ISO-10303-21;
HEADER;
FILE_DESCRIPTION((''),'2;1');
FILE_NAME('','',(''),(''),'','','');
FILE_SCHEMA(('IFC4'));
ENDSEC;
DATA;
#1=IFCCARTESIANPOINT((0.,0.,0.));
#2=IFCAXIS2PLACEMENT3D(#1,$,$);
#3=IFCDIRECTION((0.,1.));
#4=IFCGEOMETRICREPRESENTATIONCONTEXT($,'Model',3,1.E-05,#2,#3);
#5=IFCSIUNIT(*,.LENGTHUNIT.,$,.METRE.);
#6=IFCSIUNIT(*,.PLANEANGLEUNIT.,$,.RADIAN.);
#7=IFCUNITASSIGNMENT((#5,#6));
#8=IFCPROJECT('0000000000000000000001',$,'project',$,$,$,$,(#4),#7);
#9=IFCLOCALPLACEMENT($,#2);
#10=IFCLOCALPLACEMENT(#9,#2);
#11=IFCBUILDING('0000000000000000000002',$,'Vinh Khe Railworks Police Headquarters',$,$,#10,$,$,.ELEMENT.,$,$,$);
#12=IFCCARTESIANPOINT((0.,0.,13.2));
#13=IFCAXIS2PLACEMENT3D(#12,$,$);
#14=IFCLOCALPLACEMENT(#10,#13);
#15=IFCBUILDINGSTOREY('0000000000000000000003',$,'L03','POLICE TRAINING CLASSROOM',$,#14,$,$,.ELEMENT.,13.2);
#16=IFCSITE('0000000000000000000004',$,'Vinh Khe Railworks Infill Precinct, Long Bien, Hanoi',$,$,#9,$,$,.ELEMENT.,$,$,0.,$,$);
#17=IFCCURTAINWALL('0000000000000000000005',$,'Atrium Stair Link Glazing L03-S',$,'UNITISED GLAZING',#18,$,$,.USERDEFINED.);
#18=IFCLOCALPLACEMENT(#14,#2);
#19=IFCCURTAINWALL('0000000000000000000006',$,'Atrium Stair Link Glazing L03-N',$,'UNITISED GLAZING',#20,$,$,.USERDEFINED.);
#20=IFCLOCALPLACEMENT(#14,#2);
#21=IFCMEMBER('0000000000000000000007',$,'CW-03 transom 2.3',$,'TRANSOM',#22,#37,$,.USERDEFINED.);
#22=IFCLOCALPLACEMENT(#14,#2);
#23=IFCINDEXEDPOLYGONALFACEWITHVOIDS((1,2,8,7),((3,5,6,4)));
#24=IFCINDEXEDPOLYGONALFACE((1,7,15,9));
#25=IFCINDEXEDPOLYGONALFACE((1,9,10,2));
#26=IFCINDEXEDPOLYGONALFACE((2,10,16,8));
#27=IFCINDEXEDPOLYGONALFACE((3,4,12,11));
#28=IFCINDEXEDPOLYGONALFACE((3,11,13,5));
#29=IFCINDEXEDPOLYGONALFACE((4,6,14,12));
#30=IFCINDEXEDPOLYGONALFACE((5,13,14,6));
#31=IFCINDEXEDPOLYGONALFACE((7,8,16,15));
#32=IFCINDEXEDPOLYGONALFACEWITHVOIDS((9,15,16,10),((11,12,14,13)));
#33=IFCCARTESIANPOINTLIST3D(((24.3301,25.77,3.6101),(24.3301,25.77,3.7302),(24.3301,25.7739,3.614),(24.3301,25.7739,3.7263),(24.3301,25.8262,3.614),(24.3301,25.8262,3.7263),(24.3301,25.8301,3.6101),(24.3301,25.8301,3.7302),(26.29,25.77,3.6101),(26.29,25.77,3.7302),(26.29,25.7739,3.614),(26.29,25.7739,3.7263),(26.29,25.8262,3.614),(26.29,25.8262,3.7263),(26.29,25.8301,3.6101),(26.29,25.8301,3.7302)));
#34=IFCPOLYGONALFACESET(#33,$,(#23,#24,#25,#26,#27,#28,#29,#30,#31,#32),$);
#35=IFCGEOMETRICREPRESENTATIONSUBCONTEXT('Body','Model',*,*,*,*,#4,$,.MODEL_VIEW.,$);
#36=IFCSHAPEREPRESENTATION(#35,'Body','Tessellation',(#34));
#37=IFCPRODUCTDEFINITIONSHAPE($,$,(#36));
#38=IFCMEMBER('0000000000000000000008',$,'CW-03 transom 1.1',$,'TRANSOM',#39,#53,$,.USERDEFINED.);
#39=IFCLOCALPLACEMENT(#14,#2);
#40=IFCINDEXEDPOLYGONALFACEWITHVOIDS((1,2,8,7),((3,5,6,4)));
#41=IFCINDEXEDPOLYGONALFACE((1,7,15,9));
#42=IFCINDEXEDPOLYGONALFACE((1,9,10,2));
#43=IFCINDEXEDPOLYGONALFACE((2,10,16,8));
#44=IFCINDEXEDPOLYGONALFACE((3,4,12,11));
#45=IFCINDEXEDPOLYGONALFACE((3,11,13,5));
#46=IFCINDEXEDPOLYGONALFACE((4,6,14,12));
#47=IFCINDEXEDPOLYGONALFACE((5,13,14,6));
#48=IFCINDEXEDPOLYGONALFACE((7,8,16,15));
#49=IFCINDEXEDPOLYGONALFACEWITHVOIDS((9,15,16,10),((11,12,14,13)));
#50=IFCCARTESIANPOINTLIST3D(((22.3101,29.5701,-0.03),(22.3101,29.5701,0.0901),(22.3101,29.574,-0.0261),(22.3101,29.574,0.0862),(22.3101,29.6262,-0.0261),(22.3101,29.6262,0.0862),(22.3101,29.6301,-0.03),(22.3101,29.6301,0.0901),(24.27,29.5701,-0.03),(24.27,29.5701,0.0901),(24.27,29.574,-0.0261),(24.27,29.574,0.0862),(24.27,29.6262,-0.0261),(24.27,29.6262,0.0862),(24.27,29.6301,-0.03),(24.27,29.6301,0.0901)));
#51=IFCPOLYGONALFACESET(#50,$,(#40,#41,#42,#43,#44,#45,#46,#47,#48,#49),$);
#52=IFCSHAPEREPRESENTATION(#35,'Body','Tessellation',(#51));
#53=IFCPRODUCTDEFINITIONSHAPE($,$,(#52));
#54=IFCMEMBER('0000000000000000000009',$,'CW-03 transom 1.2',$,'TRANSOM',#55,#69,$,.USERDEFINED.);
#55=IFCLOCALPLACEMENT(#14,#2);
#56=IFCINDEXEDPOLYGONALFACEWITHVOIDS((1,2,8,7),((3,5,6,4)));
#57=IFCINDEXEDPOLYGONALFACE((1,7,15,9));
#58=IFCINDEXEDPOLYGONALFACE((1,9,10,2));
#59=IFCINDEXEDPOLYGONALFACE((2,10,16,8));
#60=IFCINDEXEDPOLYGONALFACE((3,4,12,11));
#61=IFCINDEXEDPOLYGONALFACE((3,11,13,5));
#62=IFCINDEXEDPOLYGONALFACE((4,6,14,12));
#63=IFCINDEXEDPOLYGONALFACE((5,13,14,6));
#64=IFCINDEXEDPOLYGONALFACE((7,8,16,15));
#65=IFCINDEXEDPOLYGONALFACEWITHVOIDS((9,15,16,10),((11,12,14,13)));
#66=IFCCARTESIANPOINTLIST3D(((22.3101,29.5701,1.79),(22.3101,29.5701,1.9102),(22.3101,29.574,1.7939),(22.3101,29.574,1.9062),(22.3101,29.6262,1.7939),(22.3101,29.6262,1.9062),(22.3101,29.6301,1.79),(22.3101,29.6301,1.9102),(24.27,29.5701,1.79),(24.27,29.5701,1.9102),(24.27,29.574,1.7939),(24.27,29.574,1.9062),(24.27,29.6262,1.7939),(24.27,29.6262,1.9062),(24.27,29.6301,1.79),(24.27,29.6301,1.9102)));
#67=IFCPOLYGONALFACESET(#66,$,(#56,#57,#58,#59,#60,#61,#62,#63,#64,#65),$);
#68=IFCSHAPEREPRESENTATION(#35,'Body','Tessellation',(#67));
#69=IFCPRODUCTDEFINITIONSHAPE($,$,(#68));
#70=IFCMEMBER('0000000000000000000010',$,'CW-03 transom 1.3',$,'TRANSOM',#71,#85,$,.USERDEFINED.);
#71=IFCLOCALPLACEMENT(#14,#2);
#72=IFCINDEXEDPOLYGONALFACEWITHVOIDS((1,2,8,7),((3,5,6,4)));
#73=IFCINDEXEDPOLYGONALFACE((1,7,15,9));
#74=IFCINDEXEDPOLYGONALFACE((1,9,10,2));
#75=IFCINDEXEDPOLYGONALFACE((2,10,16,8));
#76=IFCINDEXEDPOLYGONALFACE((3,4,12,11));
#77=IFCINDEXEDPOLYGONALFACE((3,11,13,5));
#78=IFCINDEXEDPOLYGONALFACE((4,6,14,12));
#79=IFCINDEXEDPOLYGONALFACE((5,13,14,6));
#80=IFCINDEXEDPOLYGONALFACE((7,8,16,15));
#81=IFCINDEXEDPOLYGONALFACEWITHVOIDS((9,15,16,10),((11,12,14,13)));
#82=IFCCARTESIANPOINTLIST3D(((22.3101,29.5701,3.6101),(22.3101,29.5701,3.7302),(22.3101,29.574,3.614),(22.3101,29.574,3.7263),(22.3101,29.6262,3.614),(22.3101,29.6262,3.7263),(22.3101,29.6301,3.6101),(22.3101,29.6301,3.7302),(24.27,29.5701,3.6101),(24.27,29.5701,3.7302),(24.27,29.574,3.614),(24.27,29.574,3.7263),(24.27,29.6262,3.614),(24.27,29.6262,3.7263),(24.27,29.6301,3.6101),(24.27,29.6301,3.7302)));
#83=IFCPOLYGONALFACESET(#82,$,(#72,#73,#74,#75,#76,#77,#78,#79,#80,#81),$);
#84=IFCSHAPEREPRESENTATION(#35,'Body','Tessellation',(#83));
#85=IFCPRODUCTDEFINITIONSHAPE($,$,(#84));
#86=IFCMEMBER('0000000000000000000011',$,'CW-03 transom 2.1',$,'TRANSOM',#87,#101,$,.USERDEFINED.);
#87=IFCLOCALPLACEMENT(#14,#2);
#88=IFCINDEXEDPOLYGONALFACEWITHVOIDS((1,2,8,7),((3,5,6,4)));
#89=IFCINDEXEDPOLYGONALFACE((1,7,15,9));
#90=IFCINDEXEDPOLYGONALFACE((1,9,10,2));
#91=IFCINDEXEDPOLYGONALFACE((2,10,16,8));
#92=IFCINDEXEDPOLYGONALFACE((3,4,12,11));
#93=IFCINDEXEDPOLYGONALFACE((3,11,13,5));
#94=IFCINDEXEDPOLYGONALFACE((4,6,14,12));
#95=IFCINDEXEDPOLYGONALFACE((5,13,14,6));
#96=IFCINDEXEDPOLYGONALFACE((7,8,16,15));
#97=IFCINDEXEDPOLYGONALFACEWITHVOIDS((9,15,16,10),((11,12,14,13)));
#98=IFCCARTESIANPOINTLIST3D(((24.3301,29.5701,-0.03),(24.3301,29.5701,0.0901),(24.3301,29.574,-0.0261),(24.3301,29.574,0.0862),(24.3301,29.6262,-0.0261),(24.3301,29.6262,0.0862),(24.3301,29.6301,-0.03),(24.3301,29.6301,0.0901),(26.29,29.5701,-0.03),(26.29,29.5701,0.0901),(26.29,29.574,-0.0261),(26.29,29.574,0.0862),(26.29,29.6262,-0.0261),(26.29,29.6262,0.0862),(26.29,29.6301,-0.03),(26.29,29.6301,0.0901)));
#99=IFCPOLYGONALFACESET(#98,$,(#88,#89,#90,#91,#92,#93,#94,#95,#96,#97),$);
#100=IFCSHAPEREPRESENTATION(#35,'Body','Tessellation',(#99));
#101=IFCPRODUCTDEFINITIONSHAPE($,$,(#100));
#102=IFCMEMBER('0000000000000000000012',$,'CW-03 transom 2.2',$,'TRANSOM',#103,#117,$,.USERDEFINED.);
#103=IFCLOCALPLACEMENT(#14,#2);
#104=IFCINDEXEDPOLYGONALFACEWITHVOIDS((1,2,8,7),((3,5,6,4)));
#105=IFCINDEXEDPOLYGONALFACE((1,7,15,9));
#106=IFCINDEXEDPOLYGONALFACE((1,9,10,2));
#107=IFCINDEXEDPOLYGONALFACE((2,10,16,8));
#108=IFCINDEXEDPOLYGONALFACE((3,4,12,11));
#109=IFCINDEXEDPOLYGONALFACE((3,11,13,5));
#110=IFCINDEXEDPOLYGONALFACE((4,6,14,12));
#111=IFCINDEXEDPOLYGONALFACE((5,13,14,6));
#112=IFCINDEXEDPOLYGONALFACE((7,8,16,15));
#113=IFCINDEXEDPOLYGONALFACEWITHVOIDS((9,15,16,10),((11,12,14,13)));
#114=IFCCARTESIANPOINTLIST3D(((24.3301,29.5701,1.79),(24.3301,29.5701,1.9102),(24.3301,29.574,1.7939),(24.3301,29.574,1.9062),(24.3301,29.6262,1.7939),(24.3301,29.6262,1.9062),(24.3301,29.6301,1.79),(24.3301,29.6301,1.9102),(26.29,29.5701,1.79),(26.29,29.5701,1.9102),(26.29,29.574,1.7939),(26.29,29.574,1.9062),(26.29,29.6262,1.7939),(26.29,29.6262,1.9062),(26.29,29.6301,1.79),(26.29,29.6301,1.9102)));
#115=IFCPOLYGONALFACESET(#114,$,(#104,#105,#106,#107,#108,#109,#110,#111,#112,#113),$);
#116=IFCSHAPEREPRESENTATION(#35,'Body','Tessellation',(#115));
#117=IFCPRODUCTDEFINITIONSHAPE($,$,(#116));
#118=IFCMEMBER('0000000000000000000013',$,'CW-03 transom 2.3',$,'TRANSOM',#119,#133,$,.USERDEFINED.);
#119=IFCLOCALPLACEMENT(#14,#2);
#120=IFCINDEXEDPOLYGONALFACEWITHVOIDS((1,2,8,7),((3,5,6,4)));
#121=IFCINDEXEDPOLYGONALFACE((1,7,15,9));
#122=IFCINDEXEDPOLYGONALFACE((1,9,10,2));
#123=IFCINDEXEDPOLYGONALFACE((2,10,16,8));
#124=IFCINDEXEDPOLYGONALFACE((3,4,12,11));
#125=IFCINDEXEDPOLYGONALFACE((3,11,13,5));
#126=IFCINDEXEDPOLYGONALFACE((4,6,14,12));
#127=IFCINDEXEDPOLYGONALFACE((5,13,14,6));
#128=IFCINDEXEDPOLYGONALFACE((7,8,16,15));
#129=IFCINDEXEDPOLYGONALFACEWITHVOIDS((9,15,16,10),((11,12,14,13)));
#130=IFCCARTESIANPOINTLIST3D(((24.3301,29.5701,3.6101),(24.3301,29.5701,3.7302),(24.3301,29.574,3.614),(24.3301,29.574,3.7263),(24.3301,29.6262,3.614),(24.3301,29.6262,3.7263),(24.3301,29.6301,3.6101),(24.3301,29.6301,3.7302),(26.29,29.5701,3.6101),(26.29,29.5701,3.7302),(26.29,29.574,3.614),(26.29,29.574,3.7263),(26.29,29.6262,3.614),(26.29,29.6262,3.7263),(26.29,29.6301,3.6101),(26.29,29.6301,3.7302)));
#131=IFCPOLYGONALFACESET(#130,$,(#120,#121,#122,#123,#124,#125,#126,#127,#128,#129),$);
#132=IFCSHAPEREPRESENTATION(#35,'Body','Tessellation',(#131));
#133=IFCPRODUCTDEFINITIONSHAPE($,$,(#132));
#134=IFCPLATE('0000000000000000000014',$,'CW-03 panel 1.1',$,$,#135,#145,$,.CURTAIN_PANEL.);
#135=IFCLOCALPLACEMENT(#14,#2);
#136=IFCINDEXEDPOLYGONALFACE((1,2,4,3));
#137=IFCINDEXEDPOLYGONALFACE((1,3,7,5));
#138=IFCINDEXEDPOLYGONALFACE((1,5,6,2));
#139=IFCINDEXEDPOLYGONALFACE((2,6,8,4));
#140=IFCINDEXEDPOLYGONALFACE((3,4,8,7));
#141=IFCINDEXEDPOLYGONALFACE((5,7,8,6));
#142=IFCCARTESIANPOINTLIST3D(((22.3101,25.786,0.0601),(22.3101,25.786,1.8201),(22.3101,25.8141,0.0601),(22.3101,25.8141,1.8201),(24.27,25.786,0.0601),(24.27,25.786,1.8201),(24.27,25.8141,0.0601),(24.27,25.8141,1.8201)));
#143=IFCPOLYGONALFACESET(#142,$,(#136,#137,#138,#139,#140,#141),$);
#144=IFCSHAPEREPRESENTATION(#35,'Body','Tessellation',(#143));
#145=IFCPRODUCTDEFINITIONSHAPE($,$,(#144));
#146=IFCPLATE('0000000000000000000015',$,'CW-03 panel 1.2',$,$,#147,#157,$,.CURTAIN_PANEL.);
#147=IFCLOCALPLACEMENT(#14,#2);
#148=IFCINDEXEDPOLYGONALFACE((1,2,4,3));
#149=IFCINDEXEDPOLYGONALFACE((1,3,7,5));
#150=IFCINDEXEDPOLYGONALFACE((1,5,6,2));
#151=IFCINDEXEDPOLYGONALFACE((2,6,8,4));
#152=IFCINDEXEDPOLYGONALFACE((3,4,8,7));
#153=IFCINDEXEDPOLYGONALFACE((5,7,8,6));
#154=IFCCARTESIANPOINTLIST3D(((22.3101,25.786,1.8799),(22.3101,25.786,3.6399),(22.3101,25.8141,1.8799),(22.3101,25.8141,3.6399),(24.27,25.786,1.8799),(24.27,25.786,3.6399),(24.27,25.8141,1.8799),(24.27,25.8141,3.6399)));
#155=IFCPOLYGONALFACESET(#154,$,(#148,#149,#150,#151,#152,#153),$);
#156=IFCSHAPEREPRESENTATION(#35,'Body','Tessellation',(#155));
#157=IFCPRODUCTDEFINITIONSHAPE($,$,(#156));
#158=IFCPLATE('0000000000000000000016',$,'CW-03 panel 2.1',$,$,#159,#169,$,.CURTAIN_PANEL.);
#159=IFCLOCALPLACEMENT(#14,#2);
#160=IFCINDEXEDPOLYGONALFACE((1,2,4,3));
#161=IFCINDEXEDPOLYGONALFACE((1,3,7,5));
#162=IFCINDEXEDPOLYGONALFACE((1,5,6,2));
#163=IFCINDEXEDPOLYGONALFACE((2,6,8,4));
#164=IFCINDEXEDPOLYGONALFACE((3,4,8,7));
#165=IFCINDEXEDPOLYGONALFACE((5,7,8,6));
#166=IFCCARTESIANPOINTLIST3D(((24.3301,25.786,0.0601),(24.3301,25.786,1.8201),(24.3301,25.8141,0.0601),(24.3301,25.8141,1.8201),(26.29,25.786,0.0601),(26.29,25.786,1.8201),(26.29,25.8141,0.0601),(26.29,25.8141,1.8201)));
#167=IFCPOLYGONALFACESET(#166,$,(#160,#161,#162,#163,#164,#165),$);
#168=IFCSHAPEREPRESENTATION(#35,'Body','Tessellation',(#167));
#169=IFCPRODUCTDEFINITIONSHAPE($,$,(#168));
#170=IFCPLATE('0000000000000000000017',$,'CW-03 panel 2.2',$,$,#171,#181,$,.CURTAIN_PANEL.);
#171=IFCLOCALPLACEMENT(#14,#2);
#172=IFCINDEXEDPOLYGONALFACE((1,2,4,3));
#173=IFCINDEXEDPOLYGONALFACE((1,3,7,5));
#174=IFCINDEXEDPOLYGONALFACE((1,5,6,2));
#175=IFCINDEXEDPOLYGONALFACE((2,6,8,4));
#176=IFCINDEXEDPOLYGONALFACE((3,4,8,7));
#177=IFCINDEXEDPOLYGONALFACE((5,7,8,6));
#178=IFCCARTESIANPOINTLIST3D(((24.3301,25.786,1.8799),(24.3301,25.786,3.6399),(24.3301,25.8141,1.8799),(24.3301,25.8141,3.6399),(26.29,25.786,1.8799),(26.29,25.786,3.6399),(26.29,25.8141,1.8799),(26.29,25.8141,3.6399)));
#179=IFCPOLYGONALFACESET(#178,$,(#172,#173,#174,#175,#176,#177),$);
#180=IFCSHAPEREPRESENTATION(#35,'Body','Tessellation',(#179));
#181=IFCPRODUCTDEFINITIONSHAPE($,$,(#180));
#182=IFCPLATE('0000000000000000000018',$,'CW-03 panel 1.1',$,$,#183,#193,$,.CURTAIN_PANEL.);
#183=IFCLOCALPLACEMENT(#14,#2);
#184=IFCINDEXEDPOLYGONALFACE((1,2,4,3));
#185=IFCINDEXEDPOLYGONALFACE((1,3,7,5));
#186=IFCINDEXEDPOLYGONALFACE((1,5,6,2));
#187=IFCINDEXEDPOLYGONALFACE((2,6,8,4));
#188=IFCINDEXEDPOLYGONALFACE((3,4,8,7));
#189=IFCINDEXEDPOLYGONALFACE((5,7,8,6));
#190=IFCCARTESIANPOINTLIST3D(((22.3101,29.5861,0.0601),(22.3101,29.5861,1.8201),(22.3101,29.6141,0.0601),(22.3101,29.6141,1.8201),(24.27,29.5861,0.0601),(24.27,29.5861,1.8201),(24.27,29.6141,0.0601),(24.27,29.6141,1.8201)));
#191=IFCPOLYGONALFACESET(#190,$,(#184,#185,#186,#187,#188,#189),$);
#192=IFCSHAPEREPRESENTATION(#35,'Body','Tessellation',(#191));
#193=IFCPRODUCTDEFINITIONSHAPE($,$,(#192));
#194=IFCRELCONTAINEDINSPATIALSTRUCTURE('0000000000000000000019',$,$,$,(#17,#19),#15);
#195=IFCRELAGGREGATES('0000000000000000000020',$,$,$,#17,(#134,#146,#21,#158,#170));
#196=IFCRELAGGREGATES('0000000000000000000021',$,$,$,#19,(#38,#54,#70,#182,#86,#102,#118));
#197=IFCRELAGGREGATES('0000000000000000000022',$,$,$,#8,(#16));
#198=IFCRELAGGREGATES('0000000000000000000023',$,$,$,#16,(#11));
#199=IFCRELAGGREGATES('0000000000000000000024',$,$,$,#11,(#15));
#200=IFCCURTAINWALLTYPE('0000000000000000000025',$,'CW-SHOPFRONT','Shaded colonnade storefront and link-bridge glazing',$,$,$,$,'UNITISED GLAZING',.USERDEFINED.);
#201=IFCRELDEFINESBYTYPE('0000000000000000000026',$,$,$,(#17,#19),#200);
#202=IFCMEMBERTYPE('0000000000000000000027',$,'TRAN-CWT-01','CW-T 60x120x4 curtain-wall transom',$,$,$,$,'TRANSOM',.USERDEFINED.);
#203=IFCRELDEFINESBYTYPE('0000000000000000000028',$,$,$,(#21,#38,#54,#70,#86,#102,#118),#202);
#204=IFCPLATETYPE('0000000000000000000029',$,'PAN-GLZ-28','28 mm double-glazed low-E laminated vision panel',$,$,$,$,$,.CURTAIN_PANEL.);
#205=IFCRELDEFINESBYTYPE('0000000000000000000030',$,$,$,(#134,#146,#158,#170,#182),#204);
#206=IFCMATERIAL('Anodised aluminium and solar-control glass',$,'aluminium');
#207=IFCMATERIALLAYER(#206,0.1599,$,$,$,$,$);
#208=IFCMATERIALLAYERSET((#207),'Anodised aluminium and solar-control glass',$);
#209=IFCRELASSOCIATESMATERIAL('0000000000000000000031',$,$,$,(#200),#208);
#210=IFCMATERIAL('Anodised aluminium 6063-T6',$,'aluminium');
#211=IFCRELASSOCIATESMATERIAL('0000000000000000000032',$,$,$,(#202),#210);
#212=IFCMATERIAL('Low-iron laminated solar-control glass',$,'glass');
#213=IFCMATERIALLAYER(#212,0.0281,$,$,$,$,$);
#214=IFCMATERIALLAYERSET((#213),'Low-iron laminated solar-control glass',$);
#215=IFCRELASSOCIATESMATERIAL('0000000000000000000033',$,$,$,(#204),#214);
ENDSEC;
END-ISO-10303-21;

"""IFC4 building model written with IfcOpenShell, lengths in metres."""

from ifc_helpers import new_model, si_unit, direction, frame, origin, origin_2d, place, context, subcontext, project, spatial, rectangle, hollow_rectangle, extrude, material, layer, layer_set, material_profile, profile_set, type_object, element, aggregate, save


model = new_model("IFC4")

# Units and contexts
model_context = context("Model", 3, precision=1e-05, world=origin(), true_north=direction((0.0, 1.0)))
body_context = subcontext(model_context, "Body", "Model", "MODEL_VIEW")
ifc_project = project(units=[si_unit("LENGTHUNIT", "METRE"), si_unit("PLANEANGLEUNIT", "RADIAN")], contexts=[model_context])

# Site, building, storey
site_placement = place(None, origin())
site = spatial("IfcSite", under=ifc_project, at=site_placement, Name="Vinh Khe Railworks Infill Precinct, Long Bien, Hanoi", CompositionType="ELEMENT", RefElevation=0.0)
building_placement = place(site_placement, origin())
building = spatial("IfcBuilding", under=site, at=building_placement, Name="Vinh Khe Railworks Police Headquarters", CompositionType="ELEMENT")
storey_placement = place(building_placement, frame((0.0, 0.0, 13.2)))
storey = spatial("IfcBuildingStorey", under=building, at=storey_placement, Name="L03", Description="POLICE TRAINING CLASSROOM", CompositionType="ELEMENT", Elevation=13.2)

# Curtain walls
ifc_material_1 = material(Name="Anodised aluminium and solar-control glass", Category="aluminium")
ifc_layer_1 = layer(ifc_material_1, 0.1599)
ifc_layer_set_1 = layer_set([ifc_layer_1], Name="Anodised aluminium and solar-control glass")
curtain_wall_type = type_object("IfcCurtainWallType", Name="CW-SHOPFRONT", Description="Shaded colonnade storefront and link-bridge glazing", ElementType="UNITISED GLAZING", PredefinedType="USERDEFINED", material=ifc_layer_set_1)
curtain_wall_1_placement = place(storey_placement, origin())
curtain_wall_1 = element("IfcCurtainWall", 1, at=curtain_wall_1_placement, inside=storey, type_object=curtain_wall_type, Name="Atrium Stair Link Glazing L03-S", ObjectType="UNITISED GLAZING", PredefinedType="USERDEFINED")
ifc_material_2 = material(Name="Anodised aluminium 6063-T6", Category="aluminium")
curtain_wall_2_placement = place(storey_placement, origin())
curtain_wall_2 = element("IfcCurtainWall", 2, at=curtain_wall_2_placement, inside=storey, type_object=curtain_wall_type, Name="Atrium Stair Link Glazing L03-N", ObjectType="UNITISED GLAZING", PredefinedType="USERDEFINED")

# Members
ifc_material_profile_1 = material_profile(ifc_material_2, hollow_rectangle(XDim=0.0601, YDim=0.1201, WallThickness=0.0039, at=origin_2d()), Name="CW-T 60x120x4")
ifc_profile_set_1 = profile_set([ifc_material_profile_1], Name="Anodised aluminium 6063-T6")
member_type_1 = type_object("IfcMemberType", Name="TRAN-CWT-01", Description="CW-T 60x120x4 curtain-wall transom", ElementType="TRANSOM", PredefinedType="USERDEFINED", material=ifc_profile_set_1)
member_1_placement = place(storey_placement, frame((24.3301, 25.8, 3.6702), z_axis=(1.0, 0.0, 0.0), x_axis=(0.0, 1.0, 0.0)))
member_1 = element("IfcMember", 3, at=member_1_placement, type_object=member_type_1, Name="CW-03 transom 2.3", ObjectType="TRANSOM", PredefinedType="USERDEFINED", context=body_context, shape_type="SweptSolid", body=[
    extrude(hollow_rectangle(XDim=0.0601, YDim=0.1201, WallThickness=0.0039, at=origin_2d()), origin(), (0.0, 0.0, 1.0), 1.96),
])
member_2_placement = place(storey_placement, frame((22.3101, 29.6001, 0.03), z_axis=(1.0, 0.0, 0.0), x_axis=(0.0, 1.0, 0.0)))
member_2 = element("IfcMember", 4, at=member_2_placement, type_object=member_type_1, Name="CW-03 transom 1.1", ObjectType="TRANSOM", PredefinedType="USERDEFINED", context=body_context, shape_type="SweptSolid", body=[
    extrude(hollow_rectangle(XDim=0.0601, YDim=0.1201, WallThickness=0.0039, at=origin_2d()), origin(), (0.0, 0.0, 1.0), 1.96),
])
member_3_placement = place(storey_placement, frame((22.3101, 29.6001, 1.8501), z_axis=(1.0, 0.0, 0.0), x_axis=(0.0, 1.0, 0.0)))
member_3 = element("IfcMember", 5, at=member_3_placement, type_object=member_type_1, Name="CW-03 transom 1.2", ObjectType="TRANSOM", PredefinedType="USERDEFINED", context=body_context, shape_type="SweptSolid", body=[
    extrude(hollow_rectangle(XDim=0.0601, YDim=0.1201, WallThickness=0.0039, at=origin_2d()), origin(), (0.0, 0.0, 1.0), 1.96),
])
member_4_placement = place(storey_placement, frame((22.3101, 29.6001, 3.6702), z_axis=(1.0, 0.0, 0.0), x_axis=(0.0, 1.0, 0.0)))
member_4 = element("IfcMember", 6, at=member_4_placement, type_object=member_type_1, Name="CW-03 transom 1.3", ObjectType="TRANSOM", PredefinedType="USERDEFINED", context=body_context, shape_type="SweptSolid", body=[
    extrude(hollow_rectangle(XDim=0.0601, YDim=0.1201, WallThickness=0.0039, at=origin_2d()), origin(), (0.0, 0.0, 1.0), 1.96),
])
member_5_placement = place(storey_placement, frame((24.3301, 29.6001, 0.03), z_axis=(1.0, 0.0, 0.0), x_axis=(0.0, 1.0, 0.0)))
member_5 = element("IfcMember", 7, at=member_5_placement, type_object=member_type_1, Name="CW-03 transom 2.1", ObjectType="TRANSOM", PredefinedType="USERDEFINED", context=body_context, shape_type="SweptSolid", body=[
    extrude(hollow_rectangle(XDim=0.0601, YDim=0.1201, WallThickness=0.0039, at=origin_2d()), origin(), (0.0, 0.0, 1.0), 1.96),
])
member_6_placement = place(storey_placement, frame((24.3301, 29.6001, 1.8501), z_axis=(1.0, 0.0, 0.0), x_axis=(0.0, 1.0, 0.0)))
member_6 = element("IfcMember", 8, at=member_6_placement, type_object=member_type_1, Name="CW-03 transom 2.2", ObjectType="TRANSOM", PredefinedType="USERDEFINED", context=body_context, shape_type="SweptSolid", body=[
    extrude(hollow_rectangle(XDim=0.0601, YDim=0.1201, WallThickness=0.0039, at=origin_2d()), origin(), (0.0, 0.0, 1.0), 1.96),
])
member_7_placement = place(storey_placement, frame((24.3301, 29.6001, 3.6702), z_axis=(1.0, 0.0, 0.0), x_axis=(0.0, 1.0, 0.0)))
member_7 = element("IfcMember", 9, at=member_7_placement, type_object=member_type_1, Name="CW-03 transom 2.3", ObjectType="TRANSOM", PredefinedType="USERDEFINED", context=body_context, shape_type="SweptSolid", body=[
    extrude(hollow_rectangle(XDim=0.0601, YDim=0.1201, WallThickness=0.0039, at=origin_2d()), origin(), (0.0, 0.0, 1.0), 1.96),
])

# Plates
ifc_material_3 = material(Name="Low-iron laminated solar-control glass", Category="glass")
ifc_layer_2 = layer(ifc_material_3, 0.0281)
ifc_layer_set_2 = layer_set([ifc_layer_2], Name="Low-iron laminated solar-control glass")
plate_type_1 = type_object("IfcPlateType", Name="PAN-GLZ-28", Description="28 mm double-glazed low-E laminated vision panel", PredefinedType="CURTAIN_PANEL", material=ifc_layer_set_2)
plate_1_placement = place(storey_placement, frame((23.29, 25.8, 0.0601), z_axis=(0.0, 0.0, 1.0), x_axis=(1.0, 0.0, 0.0)))
plate_1 = element("IfcPlate", 10, at=plate_1_placement, type_object=plate_type_1, Name="CW-03 panel 1.1", PredefinedType="CURTAIN_PANEL", context=body_context, shape_type="SweptSolid", body=[
    extrude(rectangle(XDim=1.96, YDim=0.0281, at=origin_2d()), origin(), (0.0, 0.0, 1.0), 1.76),
])
plate_2_placement = place(storey_placement, frame((23.29, 25.8, 1.8799), z_axis=(0.0, 0.0, 1.0), x_axis=(1.0, 0.0, 0.0)))
plate_2 = element("IfcPlate", 11, at=plate_2_placement, type_object=plate_type_1, Name="CW-03 panel 1.2", PredefinedType="CURTAIN_PANEL", context=body_context, shape_type="SweptSolid", body=[
    extrude(rectangle(XDim=1.96, YDim=0.0281, at=origin_2d()), origin(), (0.0, 0.0, 1.0), 1.76),
])
plate_3_placement = place(storey_placement, frame((25.3101, 25.8, 0.0601), z_axis=(0.0, 0.0, 1.0), x_axis=(1.0, 0.0, 0.0)))
plate_3 = element("IfcPlate", 12, at=plate_3_placement, type_object=plate_type_1, Name="CW-03 panel 2.1", PredefinedType="CURTAIN_PANEL", context=body_context, shape_type="SweptSolid", body=[
    extrude(rectangle(XDim=1.96, YDim=0.0281, at=origin_2d()), origin(), (0.0, 0.0, 1.0), 1.76),
])
plate_4_placement = place(storey_placement, frame((25.3101, 25.8, 1.8799), z_axis=(0.0, 0.0, 1.0), x_axis=(1.0, 0.0, 0.0)))
plate_4 = element("IfcPlate", 13, at=plate_4_placement, type_object=plate_type_1, Name="CW-03 panel 2.2", PredefinedType="CURTAIN_PANEL", context=body_context, shape_type="SweptSolid", body=[
    extrude(rectangle(XDim=1.96, YDim=0.0281, at=origin_2d()), origin(), (0.0, 0.0, 1.0), 1.76),
])
aggregate(curtain_wall_1, [plate_1, plate_2, member_1, plate_3, plate_4])
plate_5_placement = place(storey_placement, frame((23.29, 29.6001, 0.0601), z_axis=(0.0, 0.0, 1.0), x_axis=(1.0, 0.0, 0.0)))
plate_5 = element("IfcPlate", 14, at=plate_5_placement, type_object=plate_type_1, Name="CW-03 panel 1.1", PredefinedType="CURTAIN_PANEL", context=body_context, shape_type="SweptSolid", body=[
    extrude(rectangle(XDim=1.96, YDim=0.0281, at=origin_2d()), origin(), (0.0, 0.0, 1.0), 1.76),
])
aggregate(curtain_wall_2, [member_2, member_3, member_4, plate_5, member_5, member_6, member_7])

save(model, "model.ifc")
